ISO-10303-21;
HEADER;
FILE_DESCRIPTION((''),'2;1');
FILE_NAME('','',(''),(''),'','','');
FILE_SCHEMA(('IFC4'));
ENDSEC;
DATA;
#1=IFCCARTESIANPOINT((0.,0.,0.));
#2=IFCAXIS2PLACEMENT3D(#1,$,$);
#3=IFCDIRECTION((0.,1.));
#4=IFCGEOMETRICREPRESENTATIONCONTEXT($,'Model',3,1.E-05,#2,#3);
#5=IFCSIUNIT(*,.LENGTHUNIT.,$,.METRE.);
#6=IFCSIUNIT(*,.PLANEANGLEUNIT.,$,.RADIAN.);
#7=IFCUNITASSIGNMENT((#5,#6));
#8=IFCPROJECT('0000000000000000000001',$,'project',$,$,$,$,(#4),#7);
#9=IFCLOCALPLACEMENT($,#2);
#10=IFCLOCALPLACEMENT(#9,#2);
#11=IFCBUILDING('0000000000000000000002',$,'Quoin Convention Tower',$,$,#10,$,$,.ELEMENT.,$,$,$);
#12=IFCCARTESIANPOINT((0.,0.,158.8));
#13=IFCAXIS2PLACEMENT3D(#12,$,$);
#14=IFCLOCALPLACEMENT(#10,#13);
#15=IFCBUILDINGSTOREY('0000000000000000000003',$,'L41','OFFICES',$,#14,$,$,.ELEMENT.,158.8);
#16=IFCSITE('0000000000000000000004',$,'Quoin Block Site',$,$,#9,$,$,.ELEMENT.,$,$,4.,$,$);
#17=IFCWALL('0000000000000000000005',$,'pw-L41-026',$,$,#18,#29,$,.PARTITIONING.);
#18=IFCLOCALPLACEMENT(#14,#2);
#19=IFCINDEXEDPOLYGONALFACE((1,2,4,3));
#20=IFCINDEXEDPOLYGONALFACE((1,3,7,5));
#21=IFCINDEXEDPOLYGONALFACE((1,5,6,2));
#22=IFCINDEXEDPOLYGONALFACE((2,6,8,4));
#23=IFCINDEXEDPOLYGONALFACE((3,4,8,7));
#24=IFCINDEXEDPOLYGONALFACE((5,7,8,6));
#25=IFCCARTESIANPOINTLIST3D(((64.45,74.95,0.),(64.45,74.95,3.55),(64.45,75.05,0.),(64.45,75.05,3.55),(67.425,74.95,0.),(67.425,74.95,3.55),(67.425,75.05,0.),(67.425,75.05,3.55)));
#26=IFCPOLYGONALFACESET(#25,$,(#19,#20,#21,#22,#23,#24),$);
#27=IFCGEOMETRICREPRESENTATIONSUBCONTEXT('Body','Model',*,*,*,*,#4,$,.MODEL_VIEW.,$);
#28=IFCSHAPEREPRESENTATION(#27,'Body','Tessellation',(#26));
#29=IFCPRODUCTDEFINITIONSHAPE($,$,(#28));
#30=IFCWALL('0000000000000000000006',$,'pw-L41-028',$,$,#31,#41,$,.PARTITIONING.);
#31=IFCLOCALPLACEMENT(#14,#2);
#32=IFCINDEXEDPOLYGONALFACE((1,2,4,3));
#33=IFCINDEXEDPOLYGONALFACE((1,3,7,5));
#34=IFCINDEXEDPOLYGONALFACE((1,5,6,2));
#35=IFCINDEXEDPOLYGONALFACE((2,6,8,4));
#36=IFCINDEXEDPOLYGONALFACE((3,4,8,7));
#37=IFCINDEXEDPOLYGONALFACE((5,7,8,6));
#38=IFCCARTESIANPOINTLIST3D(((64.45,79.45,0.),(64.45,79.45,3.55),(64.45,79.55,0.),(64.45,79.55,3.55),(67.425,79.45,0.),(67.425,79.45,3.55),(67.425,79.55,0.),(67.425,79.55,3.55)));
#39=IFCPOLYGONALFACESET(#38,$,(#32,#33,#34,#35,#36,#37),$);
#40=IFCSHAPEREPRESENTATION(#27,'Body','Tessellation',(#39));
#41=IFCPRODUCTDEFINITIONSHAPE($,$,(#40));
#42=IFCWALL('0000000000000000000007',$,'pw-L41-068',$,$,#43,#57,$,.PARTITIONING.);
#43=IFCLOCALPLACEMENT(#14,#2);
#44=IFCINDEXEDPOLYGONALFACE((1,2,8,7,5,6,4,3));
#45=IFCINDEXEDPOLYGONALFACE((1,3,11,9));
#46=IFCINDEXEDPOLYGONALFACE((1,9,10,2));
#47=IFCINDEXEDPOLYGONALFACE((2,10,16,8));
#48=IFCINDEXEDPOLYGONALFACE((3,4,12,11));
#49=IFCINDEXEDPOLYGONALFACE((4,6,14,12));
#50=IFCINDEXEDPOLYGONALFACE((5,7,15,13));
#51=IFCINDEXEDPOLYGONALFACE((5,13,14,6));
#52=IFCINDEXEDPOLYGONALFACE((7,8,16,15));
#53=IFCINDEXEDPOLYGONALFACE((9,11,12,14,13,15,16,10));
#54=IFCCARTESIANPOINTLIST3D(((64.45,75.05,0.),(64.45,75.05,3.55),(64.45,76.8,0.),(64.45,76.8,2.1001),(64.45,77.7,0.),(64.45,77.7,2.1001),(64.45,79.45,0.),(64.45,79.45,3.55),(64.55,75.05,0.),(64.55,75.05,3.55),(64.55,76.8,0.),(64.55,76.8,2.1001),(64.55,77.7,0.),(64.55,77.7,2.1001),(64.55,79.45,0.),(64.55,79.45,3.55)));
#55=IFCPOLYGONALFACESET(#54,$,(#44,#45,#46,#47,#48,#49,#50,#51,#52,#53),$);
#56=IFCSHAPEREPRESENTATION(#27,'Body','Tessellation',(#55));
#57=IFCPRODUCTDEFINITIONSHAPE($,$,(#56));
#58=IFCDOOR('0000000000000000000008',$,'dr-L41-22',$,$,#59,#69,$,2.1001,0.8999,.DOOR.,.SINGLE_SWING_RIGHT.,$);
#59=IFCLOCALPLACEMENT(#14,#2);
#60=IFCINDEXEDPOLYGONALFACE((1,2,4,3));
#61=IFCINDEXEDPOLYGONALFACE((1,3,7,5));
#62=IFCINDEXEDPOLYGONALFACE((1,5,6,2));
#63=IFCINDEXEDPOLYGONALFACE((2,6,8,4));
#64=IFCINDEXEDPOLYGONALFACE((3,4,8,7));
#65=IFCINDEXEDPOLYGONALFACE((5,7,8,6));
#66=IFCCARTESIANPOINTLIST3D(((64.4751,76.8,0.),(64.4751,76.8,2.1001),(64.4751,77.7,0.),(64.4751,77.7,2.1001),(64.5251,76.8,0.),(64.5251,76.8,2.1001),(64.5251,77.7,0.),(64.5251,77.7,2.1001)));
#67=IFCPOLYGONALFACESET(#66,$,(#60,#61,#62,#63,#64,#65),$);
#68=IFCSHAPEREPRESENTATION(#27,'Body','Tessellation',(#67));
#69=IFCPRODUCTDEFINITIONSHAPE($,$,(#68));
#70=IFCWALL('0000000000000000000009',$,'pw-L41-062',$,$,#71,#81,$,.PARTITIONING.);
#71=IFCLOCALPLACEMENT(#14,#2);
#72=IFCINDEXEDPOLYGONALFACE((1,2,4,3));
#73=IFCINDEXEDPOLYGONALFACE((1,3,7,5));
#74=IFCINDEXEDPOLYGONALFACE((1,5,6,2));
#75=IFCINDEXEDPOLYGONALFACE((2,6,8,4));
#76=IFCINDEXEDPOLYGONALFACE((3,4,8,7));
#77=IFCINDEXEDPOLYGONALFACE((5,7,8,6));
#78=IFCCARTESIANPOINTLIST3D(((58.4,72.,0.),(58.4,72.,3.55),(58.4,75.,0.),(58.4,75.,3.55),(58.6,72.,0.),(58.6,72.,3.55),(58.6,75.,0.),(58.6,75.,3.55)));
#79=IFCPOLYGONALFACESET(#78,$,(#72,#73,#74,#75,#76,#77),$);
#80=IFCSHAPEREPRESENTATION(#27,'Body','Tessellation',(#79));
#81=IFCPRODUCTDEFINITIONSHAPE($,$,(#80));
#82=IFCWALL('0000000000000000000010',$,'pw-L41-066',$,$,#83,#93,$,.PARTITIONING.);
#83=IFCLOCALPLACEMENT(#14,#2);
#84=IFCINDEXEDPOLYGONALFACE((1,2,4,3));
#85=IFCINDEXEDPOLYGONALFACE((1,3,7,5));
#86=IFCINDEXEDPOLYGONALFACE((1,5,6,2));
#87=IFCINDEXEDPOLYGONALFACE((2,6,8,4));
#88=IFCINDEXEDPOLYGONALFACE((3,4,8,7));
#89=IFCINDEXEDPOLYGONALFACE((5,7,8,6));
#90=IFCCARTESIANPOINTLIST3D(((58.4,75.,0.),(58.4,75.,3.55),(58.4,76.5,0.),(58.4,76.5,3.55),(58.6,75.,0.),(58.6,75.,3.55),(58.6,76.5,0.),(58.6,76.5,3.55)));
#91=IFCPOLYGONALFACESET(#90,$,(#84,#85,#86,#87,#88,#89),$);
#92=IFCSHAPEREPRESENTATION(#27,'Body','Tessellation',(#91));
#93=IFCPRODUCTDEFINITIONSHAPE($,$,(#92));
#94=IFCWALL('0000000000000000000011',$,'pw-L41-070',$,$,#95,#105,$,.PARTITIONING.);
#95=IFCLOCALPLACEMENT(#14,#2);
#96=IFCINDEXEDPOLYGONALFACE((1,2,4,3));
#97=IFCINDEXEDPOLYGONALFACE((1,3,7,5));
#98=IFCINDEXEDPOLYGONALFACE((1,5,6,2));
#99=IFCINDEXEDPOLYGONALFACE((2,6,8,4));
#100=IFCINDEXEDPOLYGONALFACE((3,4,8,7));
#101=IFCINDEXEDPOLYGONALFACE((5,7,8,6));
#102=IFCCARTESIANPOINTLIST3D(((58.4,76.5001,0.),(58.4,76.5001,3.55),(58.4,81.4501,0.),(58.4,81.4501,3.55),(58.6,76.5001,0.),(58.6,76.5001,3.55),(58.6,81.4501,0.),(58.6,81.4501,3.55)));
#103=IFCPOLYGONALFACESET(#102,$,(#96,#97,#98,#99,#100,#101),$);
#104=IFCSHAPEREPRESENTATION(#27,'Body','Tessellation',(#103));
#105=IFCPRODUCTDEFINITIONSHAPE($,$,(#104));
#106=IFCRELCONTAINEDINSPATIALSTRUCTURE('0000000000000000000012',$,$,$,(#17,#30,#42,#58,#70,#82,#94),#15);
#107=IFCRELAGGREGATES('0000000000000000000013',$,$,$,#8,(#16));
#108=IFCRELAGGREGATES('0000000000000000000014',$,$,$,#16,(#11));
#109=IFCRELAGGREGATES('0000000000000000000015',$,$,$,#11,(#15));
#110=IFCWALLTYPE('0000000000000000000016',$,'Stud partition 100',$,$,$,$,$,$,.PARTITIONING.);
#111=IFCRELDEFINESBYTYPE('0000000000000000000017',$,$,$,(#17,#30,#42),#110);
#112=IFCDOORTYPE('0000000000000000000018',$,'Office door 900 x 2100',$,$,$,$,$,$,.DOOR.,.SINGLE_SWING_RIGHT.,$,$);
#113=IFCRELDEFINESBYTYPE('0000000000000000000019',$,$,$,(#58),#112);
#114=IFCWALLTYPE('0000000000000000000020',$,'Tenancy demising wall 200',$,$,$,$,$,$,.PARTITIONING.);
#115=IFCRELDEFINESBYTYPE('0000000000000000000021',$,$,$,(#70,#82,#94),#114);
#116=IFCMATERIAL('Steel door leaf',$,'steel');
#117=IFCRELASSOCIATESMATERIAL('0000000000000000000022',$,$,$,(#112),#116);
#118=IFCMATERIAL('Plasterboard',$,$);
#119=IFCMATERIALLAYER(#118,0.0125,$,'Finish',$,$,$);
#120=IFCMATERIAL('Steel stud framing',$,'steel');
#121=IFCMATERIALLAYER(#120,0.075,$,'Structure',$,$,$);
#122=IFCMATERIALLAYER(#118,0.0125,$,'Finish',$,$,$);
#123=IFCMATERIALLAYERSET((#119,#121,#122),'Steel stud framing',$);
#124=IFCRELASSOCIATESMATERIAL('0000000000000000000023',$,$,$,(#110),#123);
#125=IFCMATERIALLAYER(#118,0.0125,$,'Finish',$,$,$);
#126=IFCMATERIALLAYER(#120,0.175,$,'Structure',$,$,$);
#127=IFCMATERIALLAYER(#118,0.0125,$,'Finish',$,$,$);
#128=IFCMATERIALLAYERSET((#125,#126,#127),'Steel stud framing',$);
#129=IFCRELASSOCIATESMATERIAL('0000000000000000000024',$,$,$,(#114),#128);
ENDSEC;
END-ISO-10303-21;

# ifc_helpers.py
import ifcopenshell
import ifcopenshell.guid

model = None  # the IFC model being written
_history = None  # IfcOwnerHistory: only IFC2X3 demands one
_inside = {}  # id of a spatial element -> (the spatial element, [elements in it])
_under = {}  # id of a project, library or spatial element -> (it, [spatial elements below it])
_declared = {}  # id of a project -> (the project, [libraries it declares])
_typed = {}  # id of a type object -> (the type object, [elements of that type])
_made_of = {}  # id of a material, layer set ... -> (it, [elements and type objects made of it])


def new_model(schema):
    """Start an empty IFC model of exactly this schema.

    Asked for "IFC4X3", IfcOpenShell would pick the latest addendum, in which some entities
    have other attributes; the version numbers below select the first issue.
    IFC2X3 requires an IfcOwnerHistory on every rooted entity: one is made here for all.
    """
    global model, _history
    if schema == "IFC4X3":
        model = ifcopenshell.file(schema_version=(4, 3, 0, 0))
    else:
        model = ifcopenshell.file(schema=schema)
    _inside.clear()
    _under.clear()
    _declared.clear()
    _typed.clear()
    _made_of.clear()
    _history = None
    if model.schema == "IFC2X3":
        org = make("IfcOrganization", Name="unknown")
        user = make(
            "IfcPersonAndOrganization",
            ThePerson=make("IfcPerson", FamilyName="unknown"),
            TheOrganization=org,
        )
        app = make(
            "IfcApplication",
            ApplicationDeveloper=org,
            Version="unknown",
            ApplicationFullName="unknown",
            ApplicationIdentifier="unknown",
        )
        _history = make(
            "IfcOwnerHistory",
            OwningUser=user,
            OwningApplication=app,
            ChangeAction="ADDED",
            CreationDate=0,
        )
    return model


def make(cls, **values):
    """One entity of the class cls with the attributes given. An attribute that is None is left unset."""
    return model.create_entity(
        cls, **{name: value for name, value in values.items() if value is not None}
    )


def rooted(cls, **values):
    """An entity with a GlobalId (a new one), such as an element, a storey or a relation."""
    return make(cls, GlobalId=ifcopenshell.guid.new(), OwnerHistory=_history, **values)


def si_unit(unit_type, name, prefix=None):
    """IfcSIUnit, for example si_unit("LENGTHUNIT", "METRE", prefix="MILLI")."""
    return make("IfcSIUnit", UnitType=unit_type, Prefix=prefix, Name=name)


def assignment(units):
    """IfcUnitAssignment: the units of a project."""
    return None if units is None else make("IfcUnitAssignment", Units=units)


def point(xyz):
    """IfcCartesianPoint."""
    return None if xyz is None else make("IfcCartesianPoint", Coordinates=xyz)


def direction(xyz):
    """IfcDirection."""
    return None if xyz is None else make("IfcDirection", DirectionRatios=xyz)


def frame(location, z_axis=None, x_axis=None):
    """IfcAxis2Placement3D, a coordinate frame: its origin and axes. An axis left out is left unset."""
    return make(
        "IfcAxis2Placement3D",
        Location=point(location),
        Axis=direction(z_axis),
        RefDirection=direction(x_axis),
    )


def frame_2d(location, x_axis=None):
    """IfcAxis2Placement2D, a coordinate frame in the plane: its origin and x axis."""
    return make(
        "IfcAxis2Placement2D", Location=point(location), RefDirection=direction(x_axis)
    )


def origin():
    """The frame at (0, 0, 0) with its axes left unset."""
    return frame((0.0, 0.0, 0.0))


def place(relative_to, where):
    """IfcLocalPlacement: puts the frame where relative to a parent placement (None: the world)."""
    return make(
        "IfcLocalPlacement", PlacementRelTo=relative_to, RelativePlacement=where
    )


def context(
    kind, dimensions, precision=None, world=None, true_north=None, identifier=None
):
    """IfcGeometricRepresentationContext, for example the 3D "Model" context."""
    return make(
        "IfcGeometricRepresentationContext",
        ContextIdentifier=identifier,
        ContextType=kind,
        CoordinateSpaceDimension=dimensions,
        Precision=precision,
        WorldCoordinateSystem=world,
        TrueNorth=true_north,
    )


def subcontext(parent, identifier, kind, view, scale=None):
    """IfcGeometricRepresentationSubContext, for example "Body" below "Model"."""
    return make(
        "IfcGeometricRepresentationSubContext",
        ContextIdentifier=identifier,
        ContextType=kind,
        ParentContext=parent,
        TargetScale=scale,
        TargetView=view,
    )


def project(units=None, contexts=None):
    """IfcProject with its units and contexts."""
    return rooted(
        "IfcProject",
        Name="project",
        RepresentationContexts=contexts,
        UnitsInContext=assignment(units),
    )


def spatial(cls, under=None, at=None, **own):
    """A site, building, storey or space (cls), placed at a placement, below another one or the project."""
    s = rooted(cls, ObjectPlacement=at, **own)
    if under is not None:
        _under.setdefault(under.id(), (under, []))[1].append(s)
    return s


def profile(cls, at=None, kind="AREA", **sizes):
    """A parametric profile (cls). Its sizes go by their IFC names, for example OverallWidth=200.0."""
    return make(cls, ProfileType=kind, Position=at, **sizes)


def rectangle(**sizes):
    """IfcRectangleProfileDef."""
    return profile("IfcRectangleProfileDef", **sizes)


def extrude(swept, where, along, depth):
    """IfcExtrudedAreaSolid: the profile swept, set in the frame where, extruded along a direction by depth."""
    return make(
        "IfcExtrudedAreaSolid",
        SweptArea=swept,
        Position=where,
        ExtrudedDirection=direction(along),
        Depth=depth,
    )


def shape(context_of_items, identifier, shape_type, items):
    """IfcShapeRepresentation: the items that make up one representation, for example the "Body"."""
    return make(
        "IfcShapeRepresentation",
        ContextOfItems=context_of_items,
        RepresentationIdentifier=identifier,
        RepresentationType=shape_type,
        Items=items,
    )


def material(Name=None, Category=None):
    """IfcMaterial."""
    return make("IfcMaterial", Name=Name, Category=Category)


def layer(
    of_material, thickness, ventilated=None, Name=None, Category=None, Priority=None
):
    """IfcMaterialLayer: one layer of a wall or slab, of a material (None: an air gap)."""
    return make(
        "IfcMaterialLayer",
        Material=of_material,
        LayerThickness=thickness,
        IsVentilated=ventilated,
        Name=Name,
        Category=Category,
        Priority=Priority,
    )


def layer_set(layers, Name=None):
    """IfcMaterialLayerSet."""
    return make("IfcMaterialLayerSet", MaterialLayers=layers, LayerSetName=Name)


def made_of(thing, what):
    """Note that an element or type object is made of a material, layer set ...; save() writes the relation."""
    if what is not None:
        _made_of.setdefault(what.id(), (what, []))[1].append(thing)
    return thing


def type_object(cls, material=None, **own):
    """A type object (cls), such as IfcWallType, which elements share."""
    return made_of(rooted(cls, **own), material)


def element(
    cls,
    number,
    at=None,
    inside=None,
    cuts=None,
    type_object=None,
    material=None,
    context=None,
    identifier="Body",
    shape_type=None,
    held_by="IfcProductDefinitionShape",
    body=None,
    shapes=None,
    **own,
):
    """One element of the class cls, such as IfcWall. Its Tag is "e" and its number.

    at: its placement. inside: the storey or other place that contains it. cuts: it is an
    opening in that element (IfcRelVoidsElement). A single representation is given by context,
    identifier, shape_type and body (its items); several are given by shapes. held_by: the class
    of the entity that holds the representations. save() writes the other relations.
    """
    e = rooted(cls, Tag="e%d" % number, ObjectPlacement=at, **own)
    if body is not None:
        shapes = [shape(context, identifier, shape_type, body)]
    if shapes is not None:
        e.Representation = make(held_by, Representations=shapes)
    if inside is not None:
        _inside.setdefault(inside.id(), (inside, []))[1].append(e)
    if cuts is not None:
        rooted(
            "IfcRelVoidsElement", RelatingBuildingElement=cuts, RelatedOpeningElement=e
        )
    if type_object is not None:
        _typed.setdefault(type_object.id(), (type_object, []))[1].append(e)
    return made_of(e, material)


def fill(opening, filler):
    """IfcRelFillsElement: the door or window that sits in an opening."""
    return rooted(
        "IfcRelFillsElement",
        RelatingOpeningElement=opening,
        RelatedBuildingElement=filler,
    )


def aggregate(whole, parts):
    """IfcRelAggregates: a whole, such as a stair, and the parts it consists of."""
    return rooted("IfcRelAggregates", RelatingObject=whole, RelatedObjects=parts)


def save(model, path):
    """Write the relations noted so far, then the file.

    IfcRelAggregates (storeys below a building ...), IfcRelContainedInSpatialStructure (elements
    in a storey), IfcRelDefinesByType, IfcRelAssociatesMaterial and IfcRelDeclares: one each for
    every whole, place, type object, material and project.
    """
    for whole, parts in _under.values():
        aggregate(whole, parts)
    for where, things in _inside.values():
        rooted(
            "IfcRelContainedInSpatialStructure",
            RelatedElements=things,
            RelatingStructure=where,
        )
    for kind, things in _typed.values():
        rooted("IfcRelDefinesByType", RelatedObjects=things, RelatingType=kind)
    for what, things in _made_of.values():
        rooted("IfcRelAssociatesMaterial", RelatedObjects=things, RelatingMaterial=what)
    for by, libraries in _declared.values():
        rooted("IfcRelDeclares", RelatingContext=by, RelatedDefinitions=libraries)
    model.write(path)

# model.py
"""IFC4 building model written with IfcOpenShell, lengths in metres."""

from ifc_helpers import new_model, si_unit, direction, frame, frame_2d, origin, place, context, subcontext, project, spatial, rectangle, extrude, material, layer, layer_set, type_object, element, fill, save


model = new_model("IFC4")

# Units and contexts
model_context = context("Model", 3, precision=1e-05, world=origin(), true_north=direction((0.0, 1.0)))
body_context = subcontext(model_context, "Body", "Model", "MODEL_VIEW")
ifc_project = project(units=[si_unit("LENGTHUNIT", "METRE"), si_unit("PLANEANGLEUNIT", "RADIAN")], contexts=[model_context])

# Site, building, storey
site_placement = place(None, origin())
site = spatial("IfcSite", under=ifc_project, at=site_placement, Name="Quoin Block Site", CompositionType="ELEMENT", RefElevation=4.0)
building_placement = place(site_placement, origin())
building = spatial("IfcBuilding", under=site, at=building_placement, Name="Quoin Convention Tower", CompositionType="ELEMENT")
storey_placement = place(building_placement, frame((0.0, 0.0, 158.8)))
storey = spatial("IfcBuildingStorey", under=building, at=storey_placement, Name="L41", Description="OFFICES", CompositionType="ELEMENT", Elevation=158.8)

# Shared definitions
ifc_material_1 = material(Name="Plasterboard")
ifc_material_2 = material(Name="Steel stud framing", Category="steel")

# Shared definitions
ifc_material_3 = material(Name="Steel door leaf", Category="steel")
door_type = type_object("IfcDoorType", Name="Office door 900 x 2100", OperationType="SINGLE_SWING_RIGHT", PredefinedType="DOOR", material=ifc_material_3)

# Walls
ifc_layer_1 = layer(ifc_material_1, 0.0125, Name="Finish")
ifc_layer_2 = layer(ifc_material_2, 0.075, Name="Structure")
ifc_layer_3 = layer(ifc_material_1, 0.0125, Name="Finish")
ifc_layer_set_1 = layer_set([ifc_layer_1, ifc_layer_2, ifc_layer_3], Name="Steel stud framing")
wall_type_1 = type_object("IfcWallType", Name="Stud partition 100", PredefinedType="PARTITIONING", material=ifc_layer_set_1)
for number, where, z_axis, x_axis, name in (
    (1, (64.45, 75.0, 0.0), (0.0, 0.0, 1.0), (1.0, 0.0, 0.0), "pw-L41-026"),
    (2, (64.45, 79.5, 0.0), (0.0, 0.0, 1.0), (1.0, 0.0, 0.0), "pw-L41-028"),
):
    element("IfcWall", number, at=place(storey_placement, frame(where, z_axis=z_axis, x_axis=x_axis)), inside=storey, type_object=wall_type_1, Name=name, PredefinedType="PARTITIONING", context=body_context, shape_type="SweptSolid", body=[
        extrude(rectangle(XDim=2.9751, YDim=0.1001, at=frame_2d((1.4875, 0.0))), origin(), (0.0, 0.0, 1.0), 3.55),
    ])

# Wall, opening, door
wall_1_placement = place(storey_placement, frame((64.5, 75.05, 0.0), z_axis=(0.0, 0.0, 1.0), x_axis=(0.0, 1.0, 0.0)))
wall_1 = element("IfcWall", 3, at=wall_1_placement, inside=storey, type_object=wall_type_1, Name="pw-L41-068", PredefinedType="PARTITIONING", context=body_context, shape_type="SweptSolid", body=[
    extrude(rectangle(XDim=4.3999, YDim=0.1001, at=frame_2d((2.2, 0.0))), origin(), (0.0, 0.0, 1.0), 3.55),
])
opening_1_placement = place(wall_1_placement, frame((1.75, 0.0, 0.0)))
opening_1 = element("IfcOpeningElement", 4, at=opening_1_placement, cuts=wall_1, PredefinedType="OPENING", context=body_context, shape_type="SweptSolid", body=[
    extrude(rectangle(XDim=0.8999, YDim=2.1001, at=frame_2d((0.45, 1.05))), frame((0.0, 0.0601, 0.0), z_axis=(0.0, -1.0, 0.0), x_axis=(1.0, 0.0, 0.0)), (0.0, 0.0, 1.0), 0.1201),
])
door_1_placement = place(opening_1_placement, origin())
door_1 = element("IfcDoor", 5, at=door_1_placement, inside=storey, type_object=door_type, Name="dr-L41-22", OperationType="SINGLE_SWING_RIGHT", OverallHeight=2.1001, OverallWidth=0.8999, PredefinedType="DOOR", context=body_context, shape_type="SweptSolid", body=[
    extrude(rectangle(XDim=0.8999, YDim=2.1001, at=frame_2d((0.45, 1.05))), frame((0.0, 0.0249, 0.0), z_axis=(0.0, -1.0, 0.0), x_axis=(1.0, 0.0, 0.0)), (0.0, 0.0, 1.0), 0.05),
])
fill(opening_1, door_1)

# Walls
ifc_layer_4 = layer(ifc_material_1, 0.0125, Name="Finish")
ifc_layer_5 = layer(ifc_material_2, 0.175, Name="Structure")
ifc_layer_6 = layer(ifc_material_1, 0.0125, Name="Finish")
ifc_layer_set_2 = layer_set([ifc_layer_4, ifc_layer_5, ifc_layer_6], Name="Steel stud framing")
wall_type_2 = type_object("IfcWallType", Name="Tenancy demising wall 200", PredefinedType="PARTITIONING", material=ifc_layer_set_2)
wall_2_placement = place(storey_placement, frame((58.5, 72.0, 0.0), z_axis=(0.0, 0.0, 1.0), x_axis=(0.0, 1.0, 0.0)))
element("IfcWall", 6, at=wall_2_placement, inside=storey, type_object=wall_type_2, Name="pw-L41-062", PredefinedType="PARTITIONING", context=body_context, shape_type="SweptSolid", body=[
    extrude(rectangle(XDim=3.0, YDim=0.2, at=frame_2d((1.5, 0.0))), origin(), (0.0, 0.0, 1.0), 3.55),
])
wall_3_placement = place(storey_placement, frame((58.5, 75.0, 0.0), z_axis=(0.0, 0.0, 1.0), x_axis=(0.0, 1.0, 0.0)))
element("IfcWall", 7, at=wall_3_placement, inside=storey, type_object=wall_type_2, Name="pw-L41-066", PredefinedType="PARTITIONING", context=body_context, shape_type="SweptSolid", body=[
    extrude(rectangle(XDim=1.5, YDim=0.2, at=frame_2d((0.75, 0.0))), origin(), (0.0, 0.0, 1.0), 3.55),
])
wall_4_placement = place(storey_placement, frame((58.5, 76.5, 0.0), z_axis=(0.0, 0.0, 1.0), x_axis=(0.0, 1.0, 0.0)))
element("IfcWall", 8, at=wall_4_placement, inside=storey, type_object=wall_type_2, Name="pw-L41-070", PredefinedType="PARTITIONING", context=body_context, shape_type="SweptSolid", body=[
    extrude(rectangle(XDim=4.95, YDim=0.2, at=frame_2d((2.4751, 0.0))), origin(), (0.0, 0.0, 1.0), 3.55),
])

save(model, "model.ifc")
